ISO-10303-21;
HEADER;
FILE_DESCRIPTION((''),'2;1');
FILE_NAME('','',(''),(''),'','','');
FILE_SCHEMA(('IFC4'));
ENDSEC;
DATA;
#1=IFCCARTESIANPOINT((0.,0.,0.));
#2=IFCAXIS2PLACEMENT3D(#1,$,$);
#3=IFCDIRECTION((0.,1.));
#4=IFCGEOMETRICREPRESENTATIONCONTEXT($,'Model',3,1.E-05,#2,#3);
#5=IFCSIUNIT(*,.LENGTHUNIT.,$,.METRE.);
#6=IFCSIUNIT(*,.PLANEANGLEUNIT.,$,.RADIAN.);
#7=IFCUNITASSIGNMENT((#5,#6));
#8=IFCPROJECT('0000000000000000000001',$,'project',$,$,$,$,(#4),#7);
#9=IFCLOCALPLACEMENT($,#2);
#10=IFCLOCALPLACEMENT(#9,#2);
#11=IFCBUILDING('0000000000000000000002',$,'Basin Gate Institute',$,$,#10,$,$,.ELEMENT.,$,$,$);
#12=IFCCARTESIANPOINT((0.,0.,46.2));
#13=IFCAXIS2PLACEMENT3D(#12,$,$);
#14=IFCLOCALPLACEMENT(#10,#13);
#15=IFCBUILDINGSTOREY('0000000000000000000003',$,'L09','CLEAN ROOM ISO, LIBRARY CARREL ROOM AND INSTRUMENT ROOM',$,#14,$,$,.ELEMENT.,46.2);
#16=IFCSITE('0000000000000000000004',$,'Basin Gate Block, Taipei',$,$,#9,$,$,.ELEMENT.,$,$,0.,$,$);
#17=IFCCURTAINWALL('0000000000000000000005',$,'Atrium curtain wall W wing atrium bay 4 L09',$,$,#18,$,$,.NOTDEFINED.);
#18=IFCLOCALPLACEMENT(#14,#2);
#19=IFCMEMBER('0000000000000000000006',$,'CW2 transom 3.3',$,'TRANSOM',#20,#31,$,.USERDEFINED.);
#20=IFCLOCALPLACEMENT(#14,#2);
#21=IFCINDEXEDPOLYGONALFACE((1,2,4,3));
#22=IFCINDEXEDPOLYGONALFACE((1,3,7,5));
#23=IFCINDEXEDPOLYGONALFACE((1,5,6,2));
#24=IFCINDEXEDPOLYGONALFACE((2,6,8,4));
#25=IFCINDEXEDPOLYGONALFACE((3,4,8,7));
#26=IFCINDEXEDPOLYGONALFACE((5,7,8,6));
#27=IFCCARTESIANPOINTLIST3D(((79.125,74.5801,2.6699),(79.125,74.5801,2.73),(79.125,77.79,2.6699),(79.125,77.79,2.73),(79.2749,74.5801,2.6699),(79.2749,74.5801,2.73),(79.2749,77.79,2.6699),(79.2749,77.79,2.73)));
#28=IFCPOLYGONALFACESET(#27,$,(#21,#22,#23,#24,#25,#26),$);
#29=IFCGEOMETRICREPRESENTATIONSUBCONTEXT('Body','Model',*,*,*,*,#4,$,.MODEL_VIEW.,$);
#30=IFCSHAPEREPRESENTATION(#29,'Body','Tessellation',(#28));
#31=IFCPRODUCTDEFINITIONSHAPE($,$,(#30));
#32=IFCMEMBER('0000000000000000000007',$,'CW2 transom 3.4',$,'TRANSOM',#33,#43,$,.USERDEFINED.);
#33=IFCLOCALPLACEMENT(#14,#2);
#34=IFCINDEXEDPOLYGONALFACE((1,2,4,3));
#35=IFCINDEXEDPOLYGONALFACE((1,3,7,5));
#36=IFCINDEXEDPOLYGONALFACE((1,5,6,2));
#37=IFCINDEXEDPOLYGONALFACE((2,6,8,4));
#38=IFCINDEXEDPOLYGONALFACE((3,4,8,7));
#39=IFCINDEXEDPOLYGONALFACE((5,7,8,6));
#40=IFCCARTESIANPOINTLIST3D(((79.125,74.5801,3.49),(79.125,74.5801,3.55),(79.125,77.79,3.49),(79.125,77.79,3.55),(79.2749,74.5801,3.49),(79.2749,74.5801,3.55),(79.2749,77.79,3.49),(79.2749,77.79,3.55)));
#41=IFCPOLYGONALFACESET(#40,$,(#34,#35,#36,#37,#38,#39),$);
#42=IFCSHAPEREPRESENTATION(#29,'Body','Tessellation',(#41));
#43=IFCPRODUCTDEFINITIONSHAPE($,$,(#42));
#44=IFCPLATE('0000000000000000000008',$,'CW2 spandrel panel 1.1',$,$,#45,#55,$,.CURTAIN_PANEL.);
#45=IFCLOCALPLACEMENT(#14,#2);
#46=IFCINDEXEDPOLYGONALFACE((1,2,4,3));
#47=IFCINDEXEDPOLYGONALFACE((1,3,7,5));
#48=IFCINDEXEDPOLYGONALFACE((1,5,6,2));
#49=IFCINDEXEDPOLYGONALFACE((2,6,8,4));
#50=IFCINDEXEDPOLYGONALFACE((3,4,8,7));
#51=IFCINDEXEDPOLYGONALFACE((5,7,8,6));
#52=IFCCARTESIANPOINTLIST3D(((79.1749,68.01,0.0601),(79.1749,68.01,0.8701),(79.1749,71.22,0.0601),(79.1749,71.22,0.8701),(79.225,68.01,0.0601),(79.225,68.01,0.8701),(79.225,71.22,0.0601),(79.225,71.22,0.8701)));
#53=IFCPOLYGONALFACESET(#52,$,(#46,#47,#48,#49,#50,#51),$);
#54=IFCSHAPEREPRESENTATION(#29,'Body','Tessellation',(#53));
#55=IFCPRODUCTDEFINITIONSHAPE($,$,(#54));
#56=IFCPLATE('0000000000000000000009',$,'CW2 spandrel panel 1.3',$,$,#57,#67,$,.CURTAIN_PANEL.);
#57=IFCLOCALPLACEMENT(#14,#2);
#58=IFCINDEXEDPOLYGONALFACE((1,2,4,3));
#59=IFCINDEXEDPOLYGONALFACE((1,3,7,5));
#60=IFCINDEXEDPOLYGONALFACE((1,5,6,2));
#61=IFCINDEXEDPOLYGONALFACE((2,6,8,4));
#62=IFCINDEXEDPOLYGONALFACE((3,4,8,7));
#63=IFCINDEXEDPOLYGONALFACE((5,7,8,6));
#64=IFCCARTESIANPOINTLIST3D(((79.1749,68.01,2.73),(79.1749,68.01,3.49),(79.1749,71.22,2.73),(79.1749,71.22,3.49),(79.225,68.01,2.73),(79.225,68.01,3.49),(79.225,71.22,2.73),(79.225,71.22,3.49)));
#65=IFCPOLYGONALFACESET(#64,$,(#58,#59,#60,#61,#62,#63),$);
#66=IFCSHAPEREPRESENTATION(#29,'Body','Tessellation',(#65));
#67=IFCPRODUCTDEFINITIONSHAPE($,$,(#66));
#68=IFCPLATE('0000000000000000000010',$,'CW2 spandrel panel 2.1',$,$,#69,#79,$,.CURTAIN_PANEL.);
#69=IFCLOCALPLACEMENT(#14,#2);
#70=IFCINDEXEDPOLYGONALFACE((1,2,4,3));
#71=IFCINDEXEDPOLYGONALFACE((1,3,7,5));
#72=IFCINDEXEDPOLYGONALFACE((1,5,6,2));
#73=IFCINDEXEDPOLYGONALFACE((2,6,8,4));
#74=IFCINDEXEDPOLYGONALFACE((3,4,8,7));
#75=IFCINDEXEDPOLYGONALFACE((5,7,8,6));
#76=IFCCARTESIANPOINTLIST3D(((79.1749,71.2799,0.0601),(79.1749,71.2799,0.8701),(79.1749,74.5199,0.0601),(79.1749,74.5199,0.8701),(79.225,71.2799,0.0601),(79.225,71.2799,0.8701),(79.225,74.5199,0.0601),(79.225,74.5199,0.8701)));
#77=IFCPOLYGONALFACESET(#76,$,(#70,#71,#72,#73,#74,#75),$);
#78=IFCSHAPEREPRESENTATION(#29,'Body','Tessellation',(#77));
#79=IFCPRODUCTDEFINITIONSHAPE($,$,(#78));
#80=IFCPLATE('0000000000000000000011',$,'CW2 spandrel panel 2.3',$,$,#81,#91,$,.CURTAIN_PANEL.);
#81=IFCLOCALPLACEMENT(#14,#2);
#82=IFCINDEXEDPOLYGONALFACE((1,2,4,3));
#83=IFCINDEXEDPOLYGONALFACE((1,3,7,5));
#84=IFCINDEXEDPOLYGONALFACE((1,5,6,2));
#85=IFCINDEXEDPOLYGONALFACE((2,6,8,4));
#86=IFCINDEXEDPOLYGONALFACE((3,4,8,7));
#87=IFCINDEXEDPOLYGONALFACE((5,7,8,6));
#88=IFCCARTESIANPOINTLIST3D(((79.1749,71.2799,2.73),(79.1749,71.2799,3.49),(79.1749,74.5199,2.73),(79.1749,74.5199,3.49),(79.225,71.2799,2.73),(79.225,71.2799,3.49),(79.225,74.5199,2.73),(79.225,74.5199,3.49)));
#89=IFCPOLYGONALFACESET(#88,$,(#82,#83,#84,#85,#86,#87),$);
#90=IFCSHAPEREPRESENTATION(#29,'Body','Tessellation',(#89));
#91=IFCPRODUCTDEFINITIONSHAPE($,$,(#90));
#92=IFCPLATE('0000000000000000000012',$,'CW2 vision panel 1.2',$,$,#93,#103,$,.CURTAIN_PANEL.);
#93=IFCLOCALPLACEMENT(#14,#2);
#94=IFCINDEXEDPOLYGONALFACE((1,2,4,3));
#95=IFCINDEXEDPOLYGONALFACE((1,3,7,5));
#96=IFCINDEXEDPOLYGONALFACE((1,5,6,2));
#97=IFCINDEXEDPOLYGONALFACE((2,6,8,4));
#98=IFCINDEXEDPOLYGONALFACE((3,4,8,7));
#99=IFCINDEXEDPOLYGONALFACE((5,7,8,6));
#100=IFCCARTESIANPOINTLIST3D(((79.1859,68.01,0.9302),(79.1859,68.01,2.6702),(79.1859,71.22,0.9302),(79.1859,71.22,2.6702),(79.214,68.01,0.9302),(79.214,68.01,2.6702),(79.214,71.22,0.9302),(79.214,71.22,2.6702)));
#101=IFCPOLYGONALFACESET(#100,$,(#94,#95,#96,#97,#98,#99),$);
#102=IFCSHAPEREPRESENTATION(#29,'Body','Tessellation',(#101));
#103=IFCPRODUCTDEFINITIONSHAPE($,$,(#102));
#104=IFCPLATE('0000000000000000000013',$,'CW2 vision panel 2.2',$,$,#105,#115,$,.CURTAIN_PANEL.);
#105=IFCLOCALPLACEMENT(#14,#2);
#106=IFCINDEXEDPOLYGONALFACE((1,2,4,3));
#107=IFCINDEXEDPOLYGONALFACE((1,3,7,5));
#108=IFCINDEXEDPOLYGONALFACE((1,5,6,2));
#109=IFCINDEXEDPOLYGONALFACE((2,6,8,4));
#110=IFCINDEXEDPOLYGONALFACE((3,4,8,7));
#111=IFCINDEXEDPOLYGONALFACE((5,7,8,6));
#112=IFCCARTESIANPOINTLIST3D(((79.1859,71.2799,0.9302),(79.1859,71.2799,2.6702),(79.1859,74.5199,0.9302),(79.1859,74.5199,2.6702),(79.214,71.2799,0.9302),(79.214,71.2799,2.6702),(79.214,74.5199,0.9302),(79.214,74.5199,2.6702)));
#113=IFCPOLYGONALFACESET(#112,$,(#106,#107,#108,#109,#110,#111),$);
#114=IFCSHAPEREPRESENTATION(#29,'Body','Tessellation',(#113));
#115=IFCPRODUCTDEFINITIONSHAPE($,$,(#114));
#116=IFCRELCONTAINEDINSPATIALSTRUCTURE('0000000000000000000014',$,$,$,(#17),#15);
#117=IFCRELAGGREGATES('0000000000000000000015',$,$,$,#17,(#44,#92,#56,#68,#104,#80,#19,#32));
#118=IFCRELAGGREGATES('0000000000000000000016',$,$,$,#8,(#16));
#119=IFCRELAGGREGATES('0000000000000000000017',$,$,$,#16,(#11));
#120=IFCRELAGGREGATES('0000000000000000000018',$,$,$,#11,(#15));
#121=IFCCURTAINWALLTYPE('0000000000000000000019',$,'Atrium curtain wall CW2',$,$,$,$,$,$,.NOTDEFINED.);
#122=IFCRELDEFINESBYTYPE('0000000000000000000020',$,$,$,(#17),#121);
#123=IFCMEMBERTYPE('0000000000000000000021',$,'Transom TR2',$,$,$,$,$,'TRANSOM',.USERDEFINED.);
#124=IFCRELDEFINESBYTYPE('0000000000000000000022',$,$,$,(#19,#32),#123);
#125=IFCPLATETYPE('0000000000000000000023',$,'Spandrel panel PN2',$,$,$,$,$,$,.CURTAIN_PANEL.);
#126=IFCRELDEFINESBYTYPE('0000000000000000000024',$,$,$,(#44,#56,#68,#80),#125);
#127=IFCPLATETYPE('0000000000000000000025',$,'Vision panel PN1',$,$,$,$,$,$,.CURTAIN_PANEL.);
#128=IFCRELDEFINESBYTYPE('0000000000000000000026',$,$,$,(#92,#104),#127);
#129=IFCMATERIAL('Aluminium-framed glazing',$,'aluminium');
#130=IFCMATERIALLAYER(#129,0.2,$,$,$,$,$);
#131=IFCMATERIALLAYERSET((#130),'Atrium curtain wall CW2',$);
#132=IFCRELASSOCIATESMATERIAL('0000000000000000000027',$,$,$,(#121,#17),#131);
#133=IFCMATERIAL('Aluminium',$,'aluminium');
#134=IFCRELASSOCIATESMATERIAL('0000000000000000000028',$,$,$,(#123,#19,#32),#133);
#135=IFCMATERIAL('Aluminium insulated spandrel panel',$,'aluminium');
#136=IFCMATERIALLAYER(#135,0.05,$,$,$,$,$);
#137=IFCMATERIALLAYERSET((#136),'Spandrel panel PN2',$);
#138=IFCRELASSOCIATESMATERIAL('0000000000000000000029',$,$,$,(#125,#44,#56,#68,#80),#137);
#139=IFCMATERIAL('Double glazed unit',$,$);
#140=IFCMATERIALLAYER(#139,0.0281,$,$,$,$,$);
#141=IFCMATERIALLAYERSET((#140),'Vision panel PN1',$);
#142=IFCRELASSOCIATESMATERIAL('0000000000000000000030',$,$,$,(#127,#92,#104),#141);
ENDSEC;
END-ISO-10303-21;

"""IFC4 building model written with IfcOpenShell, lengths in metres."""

from ifc_helpers import new_model, si_unit, direction, frame, origin, origin_2d, place, context, subcontext, project, spatial, rectangle, extrude, material, layer, layer_set, material_profile, profile_set, type_object, element, aggregate, save


model = new_model("IFC4")

# Units and contexts
model_context = context("Model", 3, precision=1e-05, world=origin(), true_north=direction((0.0, 1.0)))
body_context = subcontext(model_context, "Body", "Model", "MODEL_VIEW")
ifc_project = project(units=[si_unit("LENGTHUNIT", "METRE"), si_unit("PLANEANGLEUNIT", "RADIAN")], contexts=[model_context])

# Site, building, storey
site_placement = place(None, origin())
site = spatial("IfcSite", under=ifc_project, at=site_placement, Name="Basin Gate Block, Taipei", CompositionType="ELEMENT", RefElevation=0.0)
building_placement = place(site_placement, origin())
building = spatial("IfcBuilding", under=site, at=building_placement, Name="Basin Gate Institute", CompositionType="ELEMENT")
storey_placement = place(building_placement, frame((0.0, 0.0, 46.2)))
storey = spatial("IfcBuildingStorey", under=building, at=storey_placement, Name="L09", Description="CLEAN ROOM ISO, LIBRARY CARREL ROOM AND INSTRUMENT ROOM", CompositionType="ELEMENT", Elevation=46.2)

# Curtain wall, members, plates
ifc_material_1 = material(Name="Aluminium-framed glazing", Category="aluminium")
ifc_layer_1 = layer(ifc_material_1, 0.2)
ifc_layer_set_1 = layer_set([ifc_layer_1], Name="Atrium curtain wall CW2")
curtain_wall_type = type_object("IfcCurtainWallType", Name="Atrium curtain wall CW2", PredefinedType="NOTDEFINED", material=ifc_layer_set_1)
curtain_wall_placement = place(storey_placement, origin())
curtain_wall = element("IfcCurtainWall", 1, at=curtain_wall_placement, inside=storey, type_object=curtain_wall_type, material=ifc_layer_set_1, Name="Atrium curtain wall W wing atrium bay 4 L09", PredefinedType="NOTDEFINED")
ifc_material_2 = material(Name="Aluminium", Category="aluminium")
ifc_material_profile_1 = material_profile(ifc_material_2, rectangle(XDim=0.1499, YDim=0.0601, at=origin_2d()), Name="Transom TR2 150 x 60")
ifc_profile_set_1 = profile_set([ifc_material_profile_1], Name="Aluminium")
member_type_1 = type_object("IfcMemberType", Name="Transom TR2", ElementType="TRANSOM", PredefinedType="USERDEFINED", material=ifc_profile_set_1)
member_1_placement = place(storey_placement, frame((79.2, 74.5801, 2.7), z_axis=(0.0, 1.0, 0.0), x_axis=(-1.0, 0.0, 0.0)))
member_1 = element("IfcMember", 2, at=member_1_placement, type_object=member_type_1, material=ifc_profile_set_1, Name="CW2 transom 3.3", ObjectType="TRANSOM", PredefinedType="USERDEFINED", context=body_context, shape_type="SweptSolid", body=[
    extrude(rectangle(XDim=0.1499, YDim=0.0601, at=origin_2d()), origin(), (0.0, 0.0, 1.0), 3.21),
])
member_2_placement = place(storey_placement, frame((79.2, 74.5801, 3.52), z_axis=(0.0, 1.0, 0.0), x_axis=(-1.0, 0.0, 0.0)))
member_2 = element("IfcMember", 3, at=member_2_placement, type_object=member_type_1, material=ifc_profile_set_1, Name="CW2 transom 3.4", ObjectType="TRANSOM", PredefinedType="USERDEFINED", context=body_context, shape_type="SweptSolid", body=[
    extrude(rectangle(XDim=0.1499, YDim=0.0601, at=origin_2d()), origin(), (0.0, 0.0, 1.0), 3.21),
])
ifc_material_3 = material(Name="Aluminium insulated spandrel panel", Category="aluminium")
ifc_layer_2 = layer(ifc_material_3, 0.05)
ifc_layer_set_2 = layer_set([ifc_layer_2], Name="Spandrel panel PN2")
plate_type_1 = type_object("IfcPlateType", Name="Spandrel panel PN2", PredefinedType="CURTAIN_PANEL", material=ifc_layer_set_2)
plate_1_placement = place(storey_placement, frame((79.2, 69.615, 0.0601), z_axis=(0.0, 0.0, 1.0), x_axis=(0.0, 1.0, 0.0)))
plate_1 = element("IfcPlate", 4, at=plate_1_placement, type_object=plate_type_1, material=ifc_layer_set_2, Name="CW2 spandrel panel 1.1", PredefinedType="CURTAIN_PANEL", context=body_context, shape_type="SweptSolid", body=[
    extrude(rectangle(XDim=3.21, YDim=0.05, at=origin_2d()), origin(), (0.0, 0.0, 1.0), 0.8101),
])
plate_2_placement = place(storey_placement, frame((79.2, 69.615, 2.73), z_axis=(0.0, 0.0, 1.0), x_axis=(0.0, 1.0, 0.0)))
plate_2 = element("IfcPlate", 5, at=plate_2_placement, type_object=plate_type_1, material=ifc_layer_set_2, Name="CW2 spandrel panel 1.3", PredefinedType="CURTAIN_PANEL", context=body_context, shape_type="SweptSolid", body=[
    extrude(rectangle(XDim=3.21, YDim=0.05, at=origin_2d()), origin(), (0.0, 0.0, 1.0), 0.76),
])
plate_3_placement = place(storey_placement, frame((79.2, 72.8999, 0.0601), z_axis=(0.0, 0.0, 1.0), x_axis=(0.0, 1.0, 0.0)))
plate_3 = element("IfcPlate", 6, at=plate_3_placement, type_object=plate_type_1, material=ifc_layer_set_2, Name="CW2 spandrel panel 2.1", PredefinedType="CURTAIN_PANEL", context=body_context, shape_type="SweptSolid", body=[
    extrude(rectangle(XDim=3.24, YDim=0.05, at=origin_2d()), origin(), (0.0, 0.0, 1.0), 0.8101),
])
plate_4_placement = place(storey_placement, frame((79.2, 72.8999, 2.73), z_axis=(0.0, 0.0, 1.0), x_axis=(0.0, 1.0, 0.0)))
plate_4 = element("IfcPlate", 7, at=plate_4_placement, type_object=plate_type_1, material=ifc_layer_set_2, Name="CW2 spandrel panel 2.3", PredefinedType="CURTAIN_PANEL", context=body_context, shape_type="SweptSolid", body=[
    extrude(rectangle(XDim=3.24, YDim=0.05, at=origin_2d()), origin(), (0.0, 0.0, 1.0), 0.76),
])
ifc_material_4 = material(Name="Double glazed unit")
ifc_layer_3 = layer(ifc_material_4, 0.0281)
ifc_layer_set_3 = layer_set([ifc_layer_3], Name="Vision panel PN1")
plate_type_2 = type_object("IfcPlateType", Name="Vision panel PN1", PredefinedType="CURTAIN_PANEL", material=ifc_layer_set_3)
plate_5_placement = place(storey_placement, frame((79.2, 69.615, 0.9302), z_axis=(0.0, 0.0, 1.0), x_axis=(0.0, 1.0, 0.0)))
plate_5 = element("IfcPlate", 8, at=plate_5_placement, type_object=plate_type_2, material=ifc_layer_set_3, Name="CW2 vision panel 1.2", PredefinedType="CURTAIN_PANEL", context=body_context, shape_type="SweptSolid", body=[
    extrude(rectangle(XDim=3.21, YDim=0.0281, at=origin_2d()), origin(), (0.0, 0.0, 1.0), 1.74),
])
plate_6_placement = place(storey_placement, frame((79.2, 72.8999, 0.9302), z_axis=(0.0, 0.0, 1.0), x_axis=(0.0, 1.0, 0.0)))
plate_6 = element("IfcPlate", 9, at=plate_6_placement, type_object=plate_type_2, material=ifc_layer_set_3, Name="CW2 vision panel 2.2", PredefinedType="CURTAIN_PANEL", context=body_context, shape_type="SweptSolid", body=[
    extrude(rectangle(XDim=3.24, YDim=0.0281, at=origin_2d()), origin(), (0.0, 0.0, 1.0), 1.74),
])
aggregate(curtain_wall, [plate_1, plate_5, plate_2, plate_3, plate_6, plate_4, member_1, member_2])

save(model, "model.ifc")
